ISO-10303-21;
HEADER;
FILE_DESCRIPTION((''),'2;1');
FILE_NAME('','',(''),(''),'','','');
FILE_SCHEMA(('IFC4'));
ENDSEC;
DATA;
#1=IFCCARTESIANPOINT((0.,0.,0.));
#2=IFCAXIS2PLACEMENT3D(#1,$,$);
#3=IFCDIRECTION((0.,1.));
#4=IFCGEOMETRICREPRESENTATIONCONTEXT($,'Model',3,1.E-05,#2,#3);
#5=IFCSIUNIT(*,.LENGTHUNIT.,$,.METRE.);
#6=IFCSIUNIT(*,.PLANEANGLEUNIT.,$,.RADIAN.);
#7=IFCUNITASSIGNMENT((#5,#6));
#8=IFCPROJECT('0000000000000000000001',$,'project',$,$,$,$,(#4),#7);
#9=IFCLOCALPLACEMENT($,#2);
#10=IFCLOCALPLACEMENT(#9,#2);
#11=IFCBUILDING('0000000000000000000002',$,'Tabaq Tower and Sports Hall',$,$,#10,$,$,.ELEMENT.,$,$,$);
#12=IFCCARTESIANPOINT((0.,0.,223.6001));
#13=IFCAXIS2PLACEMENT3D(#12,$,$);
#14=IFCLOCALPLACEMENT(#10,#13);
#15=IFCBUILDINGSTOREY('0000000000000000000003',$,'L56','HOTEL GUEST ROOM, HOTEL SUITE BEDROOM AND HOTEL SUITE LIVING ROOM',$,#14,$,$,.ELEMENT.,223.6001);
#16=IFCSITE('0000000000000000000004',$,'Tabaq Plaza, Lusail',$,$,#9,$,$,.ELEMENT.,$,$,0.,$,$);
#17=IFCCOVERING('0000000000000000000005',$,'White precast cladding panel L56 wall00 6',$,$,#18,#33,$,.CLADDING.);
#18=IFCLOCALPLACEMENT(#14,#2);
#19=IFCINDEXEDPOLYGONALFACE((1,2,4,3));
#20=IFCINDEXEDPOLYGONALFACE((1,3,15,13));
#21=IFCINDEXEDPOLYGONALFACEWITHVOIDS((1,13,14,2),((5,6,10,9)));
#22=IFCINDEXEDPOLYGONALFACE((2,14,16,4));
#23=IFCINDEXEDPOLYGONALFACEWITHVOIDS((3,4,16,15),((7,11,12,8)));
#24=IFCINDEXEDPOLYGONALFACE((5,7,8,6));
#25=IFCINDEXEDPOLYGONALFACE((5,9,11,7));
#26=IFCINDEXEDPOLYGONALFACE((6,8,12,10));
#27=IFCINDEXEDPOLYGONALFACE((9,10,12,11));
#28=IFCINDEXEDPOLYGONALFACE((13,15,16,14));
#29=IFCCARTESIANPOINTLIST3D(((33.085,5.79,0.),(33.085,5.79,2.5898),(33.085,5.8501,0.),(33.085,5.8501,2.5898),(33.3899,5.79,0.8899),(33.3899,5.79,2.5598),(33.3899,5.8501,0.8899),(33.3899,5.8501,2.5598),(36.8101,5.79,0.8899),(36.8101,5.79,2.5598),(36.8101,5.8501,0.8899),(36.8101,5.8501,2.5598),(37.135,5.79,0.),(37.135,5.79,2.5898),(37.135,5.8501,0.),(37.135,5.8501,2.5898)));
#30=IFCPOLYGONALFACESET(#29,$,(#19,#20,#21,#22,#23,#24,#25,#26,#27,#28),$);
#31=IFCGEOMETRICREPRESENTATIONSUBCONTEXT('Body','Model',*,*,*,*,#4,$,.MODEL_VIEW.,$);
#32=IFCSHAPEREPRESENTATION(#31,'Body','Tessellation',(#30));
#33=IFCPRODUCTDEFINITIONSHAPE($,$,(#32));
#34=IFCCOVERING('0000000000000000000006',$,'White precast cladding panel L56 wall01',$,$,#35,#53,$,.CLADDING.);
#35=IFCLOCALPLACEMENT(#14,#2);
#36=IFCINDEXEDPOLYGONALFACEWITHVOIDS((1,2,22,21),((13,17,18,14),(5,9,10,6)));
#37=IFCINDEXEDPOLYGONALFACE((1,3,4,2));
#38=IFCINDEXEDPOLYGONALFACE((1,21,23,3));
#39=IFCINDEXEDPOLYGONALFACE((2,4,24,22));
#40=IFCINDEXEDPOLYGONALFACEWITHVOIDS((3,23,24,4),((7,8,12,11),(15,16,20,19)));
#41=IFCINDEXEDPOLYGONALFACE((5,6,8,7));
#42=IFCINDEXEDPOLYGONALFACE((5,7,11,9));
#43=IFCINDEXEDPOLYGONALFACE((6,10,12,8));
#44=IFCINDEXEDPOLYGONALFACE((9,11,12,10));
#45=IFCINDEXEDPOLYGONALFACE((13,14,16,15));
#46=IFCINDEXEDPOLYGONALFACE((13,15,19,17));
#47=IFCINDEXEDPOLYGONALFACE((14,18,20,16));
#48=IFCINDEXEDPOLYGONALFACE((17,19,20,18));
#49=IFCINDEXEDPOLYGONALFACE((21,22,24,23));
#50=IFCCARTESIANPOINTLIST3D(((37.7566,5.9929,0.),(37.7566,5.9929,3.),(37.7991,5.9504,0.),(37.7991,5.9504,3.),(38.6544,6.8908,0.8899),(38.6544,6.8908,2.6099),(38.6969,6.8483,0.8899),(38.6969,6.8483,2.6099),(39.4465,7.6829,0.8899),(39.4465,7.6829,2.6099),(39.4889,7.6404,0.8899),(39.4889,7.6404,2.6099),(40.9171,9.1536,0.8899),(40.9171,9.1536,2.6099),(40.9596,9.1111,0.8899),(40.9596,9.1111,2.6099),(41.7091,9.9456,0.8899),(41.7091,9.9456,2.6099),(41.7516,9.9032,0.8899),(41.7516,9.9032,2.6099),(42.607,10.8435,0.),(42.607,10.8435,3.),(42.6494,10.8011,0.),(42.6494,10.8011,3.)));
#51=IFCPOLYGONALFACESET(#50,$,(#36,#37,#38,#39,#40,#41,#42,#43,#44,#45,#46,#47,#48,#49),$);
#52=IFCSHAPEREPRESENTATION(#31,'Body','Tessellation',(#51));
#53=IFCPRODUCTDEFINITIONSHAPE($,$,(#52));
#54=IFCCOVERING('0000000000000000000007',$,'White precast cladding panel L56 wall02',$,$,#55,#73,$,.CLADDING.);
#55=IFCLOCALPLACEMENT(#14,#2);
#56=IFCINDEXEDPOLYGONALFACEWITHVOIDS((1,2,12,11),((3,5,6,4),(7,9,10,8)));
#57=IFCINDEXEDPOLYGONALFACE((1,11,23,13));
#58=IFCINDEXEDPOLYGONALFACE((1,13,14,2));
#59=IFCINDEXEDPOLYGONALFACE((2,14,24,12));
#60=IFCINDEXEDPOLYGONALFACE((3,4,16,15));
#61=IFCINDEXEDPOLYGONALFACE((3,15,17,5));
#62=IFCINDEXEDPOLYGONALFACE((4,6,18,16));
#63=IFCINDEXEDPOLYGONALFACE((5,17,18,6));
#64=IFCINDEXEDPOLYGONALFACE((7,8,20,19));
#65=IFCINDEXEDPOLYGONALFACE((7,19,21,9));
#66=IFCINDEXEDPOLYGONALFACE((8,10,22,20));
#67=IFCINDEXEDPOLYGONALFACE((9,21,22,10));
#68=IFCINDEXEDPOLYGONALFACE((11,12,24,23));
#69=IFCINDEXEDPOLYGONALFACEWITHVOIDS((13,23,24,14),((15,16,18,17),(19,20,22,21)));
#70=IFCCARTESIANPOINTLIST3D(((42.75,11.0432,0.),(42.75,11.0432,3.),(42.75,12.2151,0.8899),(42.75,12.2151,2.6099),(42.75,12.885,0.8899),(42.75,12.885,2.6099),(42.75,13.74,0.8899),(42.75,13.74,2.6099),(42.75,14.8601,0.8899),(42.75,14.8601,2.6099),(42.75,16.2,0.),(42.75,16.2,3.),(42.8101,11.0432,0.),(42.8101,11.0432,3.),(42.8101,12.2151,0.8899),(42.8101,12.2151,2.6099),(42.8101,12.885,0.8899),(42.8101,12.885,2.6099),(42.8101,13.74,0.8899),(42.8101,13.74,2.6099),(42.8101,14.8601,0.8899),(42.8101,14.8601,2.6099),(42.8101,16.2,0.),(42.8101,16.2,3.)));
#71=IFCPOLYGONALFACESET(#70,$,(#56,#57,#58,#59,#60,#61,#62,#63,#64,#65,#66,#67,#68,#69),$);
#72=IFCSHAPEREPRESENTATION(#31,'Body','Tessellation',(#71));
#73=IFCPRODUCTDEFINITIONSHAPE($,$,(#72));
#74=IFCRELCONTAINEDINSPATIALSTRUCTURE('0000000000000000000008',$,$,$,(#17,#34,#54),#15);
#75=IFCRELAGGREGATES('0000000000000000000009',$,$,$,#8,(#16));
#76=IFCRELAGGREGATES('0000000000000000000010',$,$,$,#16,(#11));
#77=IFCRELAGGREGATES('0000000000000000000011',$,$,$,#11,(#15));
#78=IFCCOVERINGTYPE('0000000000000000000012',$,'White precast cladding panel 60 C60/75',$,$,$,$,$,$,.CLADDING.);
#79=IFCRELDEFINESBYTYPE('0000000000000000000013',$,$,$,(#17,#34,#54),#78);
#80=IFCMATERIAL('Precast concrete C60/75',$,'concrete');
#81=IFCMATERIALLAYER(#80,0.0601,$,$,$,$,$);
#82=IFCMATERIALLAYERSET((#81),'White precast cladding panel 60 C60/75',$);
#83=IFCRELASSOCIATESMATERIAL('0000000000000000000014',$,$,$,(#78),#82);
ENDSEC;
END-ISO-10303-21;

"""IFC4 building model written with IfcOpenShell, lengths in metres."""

from ifc_helpers import new_model, si_unit, direction, frame, origin, place, context, subcontext, project, spatial, polyline, outline, extrude, material, layer, layer_set, type_object, element, save


model = new_model("IFC4")

# Units and contexts
model_context = context("Model", 3, precision=1e-05, world=origin(), true_north=direction((0.0, 1.0)))
body_context = subcontext(model_context, "Body", "Model", "MODEL_VIEW")
ifc_project = project(units=[si_unit("LENGTHUNIT", "METRE"), si_unit("PLANEANGLEUNIT", "RADIAN")], contexts=[model_context])

# Site, building, storey
site_placement = place(None, origin())
site = spatial("IfcSite", under=ifc_project, at=site_placement, Name="Tabaq Plaza, Lusail", CompositionType="ELEMENT", RefElevation=0.0)
building_placement = place(site_placement, origin())
building = spatial("IfcBuilding", under=site, at=building_placement, Name="Tabaq Tower and Sports Hall", CompositionType="ELEMENT")
storey_placement = place(building_placement, frame((0.0, 0.0, 223.6001)))
storey = spatial("IfcBuildingStorey", under=building, at=storey_placement, Name="L56", Description="HOTEL GUEST ROOM, HOTEL SUITE BEDROOM AND HOTEL SUITE LIVING ROOM", CompositionType="ELEMENT", Elevation=223.6001)

# Coverings
ifc_material_1 = material(Name="Precast concrete C60/75", Category="concrete")
ifc_layer_1 = layer(ifc_material_1, 0.0601)
ifc_layer_set_1 = layer_set([ifc_layer_1], Name="White precast cladding panel 60 C60/75")
covering_type = type_object("IfcCoveringType", Name="White precast cladding panel 60 C60/75", PredefinedType="CLADDING", material=ifc_layer_set_1)
covering_1_placement = place(storey_placement, frame((33.085, 5.8201, 0.0), z_axis=(0.0, 0.0, 1.0), x_axis=(1.0, 0.0, 0.0)))
element("IfcCovering", 1, at=covering_1_placement, inside=storey, type_object=covering_type, Name="White precast cladding panel L56 wall00 6", PredefinedType="CLADDING", context=body_context, shape_type="SweptSolid", body=[
    extrude(outline(polyline([(0.0, 0.0), (4.05, 0.0), (4.05, 2.5898), (0.0, 2.5898), (0.0, 0.0)]), holes=[polyline([(3.7251, 0.8899), (0.3049, 0.8899), (0.3049, 2.5598), (3.7251, 2.5598), (3.7251, 0.8899)])]), frame((0.0, 0.03, 0.0), z_axis=(0.0, -1.0, 0.0), x_axis=(1.0, 0.0, 0.0)), (0.0, 0.0, 1.0), 0.0601),
])
covering_2_placement = place(storey_placement, frame((37.7778, 5.9717, 0.0), z_axis=(0.0, 0.0, 1.0), x_axis=(0.707089, 0.707125, 0.0)))
element("IfcCovering", 2, at=covering_2_placement, inside=storey, type_object=covering_type, Name="White precast cladding panel L56 wall01", PredefinedType="CLADDING", context=body_context, shape_type="SweptSolid", body=[
    extrude(outline(polyline([(0.0, 0.0), (6.8596, 0.0), (6.8596, 3.0), (0.0, 3.0), (0.0, 0.0)]), holes=[polyline([(1.2698, 2.6099), (2.3899, 2.6099), (2.3899, 0.8899), (1.2698, 0.8899), (1.2698, 2.6099)]), polyline([(4.4697, 2.6099), (5.5898, 2.6099), (5.5898, 0.8899), (4.4697, 0.8899), (4.4697, 2.6099)])]), frame((0.0, 0.03, 0.0), z_axis=(0.0, -1.0, 0.0), x_axis=(1.0, 0.0, 0.0)), (0.0, 0.0, 1.0), 0.0601),
])
covering_3_placement = place(storey_placement, frame((42.78, 11.0432, 0.0), z_axis=(0.0, 0.0, 1.0), x_axis=(0.0, 1.0, 0.0)))
element("IfcCovering", 3, at=covering_3_placement, inside=storey, type_object=covering_type, Name="White precast cladding panel L56 wall02", PredefinedType="CLADDING", context=body_context, shape_type="SweptSolid", body=[
    extrude(outline(polyline([(0.0, 0.0), (5.1567, 0.0), (5.1567, 3.0), (0.0, 3.0), (0.0, 0.0)]), holes=[polyline([(1.1719, 2.6099), (1.8418, 2.6099), (1.8418, 0.8899), (1.1719, 0.8899), (1.1719, 2.6099)]), polyline([(2.6968, 2.6099), (3.8169, 2.6099), (3.8169, 0.8899), (2.6968, 0.8899), (2.6968, 2.6099)])]), frame((0.0, 0.03, 0.0), z_axis=(0.0, -1.0, 0.0), x_axis=(1.0, 0.0, 0.0)), (0.0, 0.0, 1.0), 0.0601),
])

save(model, "model.ifc")
